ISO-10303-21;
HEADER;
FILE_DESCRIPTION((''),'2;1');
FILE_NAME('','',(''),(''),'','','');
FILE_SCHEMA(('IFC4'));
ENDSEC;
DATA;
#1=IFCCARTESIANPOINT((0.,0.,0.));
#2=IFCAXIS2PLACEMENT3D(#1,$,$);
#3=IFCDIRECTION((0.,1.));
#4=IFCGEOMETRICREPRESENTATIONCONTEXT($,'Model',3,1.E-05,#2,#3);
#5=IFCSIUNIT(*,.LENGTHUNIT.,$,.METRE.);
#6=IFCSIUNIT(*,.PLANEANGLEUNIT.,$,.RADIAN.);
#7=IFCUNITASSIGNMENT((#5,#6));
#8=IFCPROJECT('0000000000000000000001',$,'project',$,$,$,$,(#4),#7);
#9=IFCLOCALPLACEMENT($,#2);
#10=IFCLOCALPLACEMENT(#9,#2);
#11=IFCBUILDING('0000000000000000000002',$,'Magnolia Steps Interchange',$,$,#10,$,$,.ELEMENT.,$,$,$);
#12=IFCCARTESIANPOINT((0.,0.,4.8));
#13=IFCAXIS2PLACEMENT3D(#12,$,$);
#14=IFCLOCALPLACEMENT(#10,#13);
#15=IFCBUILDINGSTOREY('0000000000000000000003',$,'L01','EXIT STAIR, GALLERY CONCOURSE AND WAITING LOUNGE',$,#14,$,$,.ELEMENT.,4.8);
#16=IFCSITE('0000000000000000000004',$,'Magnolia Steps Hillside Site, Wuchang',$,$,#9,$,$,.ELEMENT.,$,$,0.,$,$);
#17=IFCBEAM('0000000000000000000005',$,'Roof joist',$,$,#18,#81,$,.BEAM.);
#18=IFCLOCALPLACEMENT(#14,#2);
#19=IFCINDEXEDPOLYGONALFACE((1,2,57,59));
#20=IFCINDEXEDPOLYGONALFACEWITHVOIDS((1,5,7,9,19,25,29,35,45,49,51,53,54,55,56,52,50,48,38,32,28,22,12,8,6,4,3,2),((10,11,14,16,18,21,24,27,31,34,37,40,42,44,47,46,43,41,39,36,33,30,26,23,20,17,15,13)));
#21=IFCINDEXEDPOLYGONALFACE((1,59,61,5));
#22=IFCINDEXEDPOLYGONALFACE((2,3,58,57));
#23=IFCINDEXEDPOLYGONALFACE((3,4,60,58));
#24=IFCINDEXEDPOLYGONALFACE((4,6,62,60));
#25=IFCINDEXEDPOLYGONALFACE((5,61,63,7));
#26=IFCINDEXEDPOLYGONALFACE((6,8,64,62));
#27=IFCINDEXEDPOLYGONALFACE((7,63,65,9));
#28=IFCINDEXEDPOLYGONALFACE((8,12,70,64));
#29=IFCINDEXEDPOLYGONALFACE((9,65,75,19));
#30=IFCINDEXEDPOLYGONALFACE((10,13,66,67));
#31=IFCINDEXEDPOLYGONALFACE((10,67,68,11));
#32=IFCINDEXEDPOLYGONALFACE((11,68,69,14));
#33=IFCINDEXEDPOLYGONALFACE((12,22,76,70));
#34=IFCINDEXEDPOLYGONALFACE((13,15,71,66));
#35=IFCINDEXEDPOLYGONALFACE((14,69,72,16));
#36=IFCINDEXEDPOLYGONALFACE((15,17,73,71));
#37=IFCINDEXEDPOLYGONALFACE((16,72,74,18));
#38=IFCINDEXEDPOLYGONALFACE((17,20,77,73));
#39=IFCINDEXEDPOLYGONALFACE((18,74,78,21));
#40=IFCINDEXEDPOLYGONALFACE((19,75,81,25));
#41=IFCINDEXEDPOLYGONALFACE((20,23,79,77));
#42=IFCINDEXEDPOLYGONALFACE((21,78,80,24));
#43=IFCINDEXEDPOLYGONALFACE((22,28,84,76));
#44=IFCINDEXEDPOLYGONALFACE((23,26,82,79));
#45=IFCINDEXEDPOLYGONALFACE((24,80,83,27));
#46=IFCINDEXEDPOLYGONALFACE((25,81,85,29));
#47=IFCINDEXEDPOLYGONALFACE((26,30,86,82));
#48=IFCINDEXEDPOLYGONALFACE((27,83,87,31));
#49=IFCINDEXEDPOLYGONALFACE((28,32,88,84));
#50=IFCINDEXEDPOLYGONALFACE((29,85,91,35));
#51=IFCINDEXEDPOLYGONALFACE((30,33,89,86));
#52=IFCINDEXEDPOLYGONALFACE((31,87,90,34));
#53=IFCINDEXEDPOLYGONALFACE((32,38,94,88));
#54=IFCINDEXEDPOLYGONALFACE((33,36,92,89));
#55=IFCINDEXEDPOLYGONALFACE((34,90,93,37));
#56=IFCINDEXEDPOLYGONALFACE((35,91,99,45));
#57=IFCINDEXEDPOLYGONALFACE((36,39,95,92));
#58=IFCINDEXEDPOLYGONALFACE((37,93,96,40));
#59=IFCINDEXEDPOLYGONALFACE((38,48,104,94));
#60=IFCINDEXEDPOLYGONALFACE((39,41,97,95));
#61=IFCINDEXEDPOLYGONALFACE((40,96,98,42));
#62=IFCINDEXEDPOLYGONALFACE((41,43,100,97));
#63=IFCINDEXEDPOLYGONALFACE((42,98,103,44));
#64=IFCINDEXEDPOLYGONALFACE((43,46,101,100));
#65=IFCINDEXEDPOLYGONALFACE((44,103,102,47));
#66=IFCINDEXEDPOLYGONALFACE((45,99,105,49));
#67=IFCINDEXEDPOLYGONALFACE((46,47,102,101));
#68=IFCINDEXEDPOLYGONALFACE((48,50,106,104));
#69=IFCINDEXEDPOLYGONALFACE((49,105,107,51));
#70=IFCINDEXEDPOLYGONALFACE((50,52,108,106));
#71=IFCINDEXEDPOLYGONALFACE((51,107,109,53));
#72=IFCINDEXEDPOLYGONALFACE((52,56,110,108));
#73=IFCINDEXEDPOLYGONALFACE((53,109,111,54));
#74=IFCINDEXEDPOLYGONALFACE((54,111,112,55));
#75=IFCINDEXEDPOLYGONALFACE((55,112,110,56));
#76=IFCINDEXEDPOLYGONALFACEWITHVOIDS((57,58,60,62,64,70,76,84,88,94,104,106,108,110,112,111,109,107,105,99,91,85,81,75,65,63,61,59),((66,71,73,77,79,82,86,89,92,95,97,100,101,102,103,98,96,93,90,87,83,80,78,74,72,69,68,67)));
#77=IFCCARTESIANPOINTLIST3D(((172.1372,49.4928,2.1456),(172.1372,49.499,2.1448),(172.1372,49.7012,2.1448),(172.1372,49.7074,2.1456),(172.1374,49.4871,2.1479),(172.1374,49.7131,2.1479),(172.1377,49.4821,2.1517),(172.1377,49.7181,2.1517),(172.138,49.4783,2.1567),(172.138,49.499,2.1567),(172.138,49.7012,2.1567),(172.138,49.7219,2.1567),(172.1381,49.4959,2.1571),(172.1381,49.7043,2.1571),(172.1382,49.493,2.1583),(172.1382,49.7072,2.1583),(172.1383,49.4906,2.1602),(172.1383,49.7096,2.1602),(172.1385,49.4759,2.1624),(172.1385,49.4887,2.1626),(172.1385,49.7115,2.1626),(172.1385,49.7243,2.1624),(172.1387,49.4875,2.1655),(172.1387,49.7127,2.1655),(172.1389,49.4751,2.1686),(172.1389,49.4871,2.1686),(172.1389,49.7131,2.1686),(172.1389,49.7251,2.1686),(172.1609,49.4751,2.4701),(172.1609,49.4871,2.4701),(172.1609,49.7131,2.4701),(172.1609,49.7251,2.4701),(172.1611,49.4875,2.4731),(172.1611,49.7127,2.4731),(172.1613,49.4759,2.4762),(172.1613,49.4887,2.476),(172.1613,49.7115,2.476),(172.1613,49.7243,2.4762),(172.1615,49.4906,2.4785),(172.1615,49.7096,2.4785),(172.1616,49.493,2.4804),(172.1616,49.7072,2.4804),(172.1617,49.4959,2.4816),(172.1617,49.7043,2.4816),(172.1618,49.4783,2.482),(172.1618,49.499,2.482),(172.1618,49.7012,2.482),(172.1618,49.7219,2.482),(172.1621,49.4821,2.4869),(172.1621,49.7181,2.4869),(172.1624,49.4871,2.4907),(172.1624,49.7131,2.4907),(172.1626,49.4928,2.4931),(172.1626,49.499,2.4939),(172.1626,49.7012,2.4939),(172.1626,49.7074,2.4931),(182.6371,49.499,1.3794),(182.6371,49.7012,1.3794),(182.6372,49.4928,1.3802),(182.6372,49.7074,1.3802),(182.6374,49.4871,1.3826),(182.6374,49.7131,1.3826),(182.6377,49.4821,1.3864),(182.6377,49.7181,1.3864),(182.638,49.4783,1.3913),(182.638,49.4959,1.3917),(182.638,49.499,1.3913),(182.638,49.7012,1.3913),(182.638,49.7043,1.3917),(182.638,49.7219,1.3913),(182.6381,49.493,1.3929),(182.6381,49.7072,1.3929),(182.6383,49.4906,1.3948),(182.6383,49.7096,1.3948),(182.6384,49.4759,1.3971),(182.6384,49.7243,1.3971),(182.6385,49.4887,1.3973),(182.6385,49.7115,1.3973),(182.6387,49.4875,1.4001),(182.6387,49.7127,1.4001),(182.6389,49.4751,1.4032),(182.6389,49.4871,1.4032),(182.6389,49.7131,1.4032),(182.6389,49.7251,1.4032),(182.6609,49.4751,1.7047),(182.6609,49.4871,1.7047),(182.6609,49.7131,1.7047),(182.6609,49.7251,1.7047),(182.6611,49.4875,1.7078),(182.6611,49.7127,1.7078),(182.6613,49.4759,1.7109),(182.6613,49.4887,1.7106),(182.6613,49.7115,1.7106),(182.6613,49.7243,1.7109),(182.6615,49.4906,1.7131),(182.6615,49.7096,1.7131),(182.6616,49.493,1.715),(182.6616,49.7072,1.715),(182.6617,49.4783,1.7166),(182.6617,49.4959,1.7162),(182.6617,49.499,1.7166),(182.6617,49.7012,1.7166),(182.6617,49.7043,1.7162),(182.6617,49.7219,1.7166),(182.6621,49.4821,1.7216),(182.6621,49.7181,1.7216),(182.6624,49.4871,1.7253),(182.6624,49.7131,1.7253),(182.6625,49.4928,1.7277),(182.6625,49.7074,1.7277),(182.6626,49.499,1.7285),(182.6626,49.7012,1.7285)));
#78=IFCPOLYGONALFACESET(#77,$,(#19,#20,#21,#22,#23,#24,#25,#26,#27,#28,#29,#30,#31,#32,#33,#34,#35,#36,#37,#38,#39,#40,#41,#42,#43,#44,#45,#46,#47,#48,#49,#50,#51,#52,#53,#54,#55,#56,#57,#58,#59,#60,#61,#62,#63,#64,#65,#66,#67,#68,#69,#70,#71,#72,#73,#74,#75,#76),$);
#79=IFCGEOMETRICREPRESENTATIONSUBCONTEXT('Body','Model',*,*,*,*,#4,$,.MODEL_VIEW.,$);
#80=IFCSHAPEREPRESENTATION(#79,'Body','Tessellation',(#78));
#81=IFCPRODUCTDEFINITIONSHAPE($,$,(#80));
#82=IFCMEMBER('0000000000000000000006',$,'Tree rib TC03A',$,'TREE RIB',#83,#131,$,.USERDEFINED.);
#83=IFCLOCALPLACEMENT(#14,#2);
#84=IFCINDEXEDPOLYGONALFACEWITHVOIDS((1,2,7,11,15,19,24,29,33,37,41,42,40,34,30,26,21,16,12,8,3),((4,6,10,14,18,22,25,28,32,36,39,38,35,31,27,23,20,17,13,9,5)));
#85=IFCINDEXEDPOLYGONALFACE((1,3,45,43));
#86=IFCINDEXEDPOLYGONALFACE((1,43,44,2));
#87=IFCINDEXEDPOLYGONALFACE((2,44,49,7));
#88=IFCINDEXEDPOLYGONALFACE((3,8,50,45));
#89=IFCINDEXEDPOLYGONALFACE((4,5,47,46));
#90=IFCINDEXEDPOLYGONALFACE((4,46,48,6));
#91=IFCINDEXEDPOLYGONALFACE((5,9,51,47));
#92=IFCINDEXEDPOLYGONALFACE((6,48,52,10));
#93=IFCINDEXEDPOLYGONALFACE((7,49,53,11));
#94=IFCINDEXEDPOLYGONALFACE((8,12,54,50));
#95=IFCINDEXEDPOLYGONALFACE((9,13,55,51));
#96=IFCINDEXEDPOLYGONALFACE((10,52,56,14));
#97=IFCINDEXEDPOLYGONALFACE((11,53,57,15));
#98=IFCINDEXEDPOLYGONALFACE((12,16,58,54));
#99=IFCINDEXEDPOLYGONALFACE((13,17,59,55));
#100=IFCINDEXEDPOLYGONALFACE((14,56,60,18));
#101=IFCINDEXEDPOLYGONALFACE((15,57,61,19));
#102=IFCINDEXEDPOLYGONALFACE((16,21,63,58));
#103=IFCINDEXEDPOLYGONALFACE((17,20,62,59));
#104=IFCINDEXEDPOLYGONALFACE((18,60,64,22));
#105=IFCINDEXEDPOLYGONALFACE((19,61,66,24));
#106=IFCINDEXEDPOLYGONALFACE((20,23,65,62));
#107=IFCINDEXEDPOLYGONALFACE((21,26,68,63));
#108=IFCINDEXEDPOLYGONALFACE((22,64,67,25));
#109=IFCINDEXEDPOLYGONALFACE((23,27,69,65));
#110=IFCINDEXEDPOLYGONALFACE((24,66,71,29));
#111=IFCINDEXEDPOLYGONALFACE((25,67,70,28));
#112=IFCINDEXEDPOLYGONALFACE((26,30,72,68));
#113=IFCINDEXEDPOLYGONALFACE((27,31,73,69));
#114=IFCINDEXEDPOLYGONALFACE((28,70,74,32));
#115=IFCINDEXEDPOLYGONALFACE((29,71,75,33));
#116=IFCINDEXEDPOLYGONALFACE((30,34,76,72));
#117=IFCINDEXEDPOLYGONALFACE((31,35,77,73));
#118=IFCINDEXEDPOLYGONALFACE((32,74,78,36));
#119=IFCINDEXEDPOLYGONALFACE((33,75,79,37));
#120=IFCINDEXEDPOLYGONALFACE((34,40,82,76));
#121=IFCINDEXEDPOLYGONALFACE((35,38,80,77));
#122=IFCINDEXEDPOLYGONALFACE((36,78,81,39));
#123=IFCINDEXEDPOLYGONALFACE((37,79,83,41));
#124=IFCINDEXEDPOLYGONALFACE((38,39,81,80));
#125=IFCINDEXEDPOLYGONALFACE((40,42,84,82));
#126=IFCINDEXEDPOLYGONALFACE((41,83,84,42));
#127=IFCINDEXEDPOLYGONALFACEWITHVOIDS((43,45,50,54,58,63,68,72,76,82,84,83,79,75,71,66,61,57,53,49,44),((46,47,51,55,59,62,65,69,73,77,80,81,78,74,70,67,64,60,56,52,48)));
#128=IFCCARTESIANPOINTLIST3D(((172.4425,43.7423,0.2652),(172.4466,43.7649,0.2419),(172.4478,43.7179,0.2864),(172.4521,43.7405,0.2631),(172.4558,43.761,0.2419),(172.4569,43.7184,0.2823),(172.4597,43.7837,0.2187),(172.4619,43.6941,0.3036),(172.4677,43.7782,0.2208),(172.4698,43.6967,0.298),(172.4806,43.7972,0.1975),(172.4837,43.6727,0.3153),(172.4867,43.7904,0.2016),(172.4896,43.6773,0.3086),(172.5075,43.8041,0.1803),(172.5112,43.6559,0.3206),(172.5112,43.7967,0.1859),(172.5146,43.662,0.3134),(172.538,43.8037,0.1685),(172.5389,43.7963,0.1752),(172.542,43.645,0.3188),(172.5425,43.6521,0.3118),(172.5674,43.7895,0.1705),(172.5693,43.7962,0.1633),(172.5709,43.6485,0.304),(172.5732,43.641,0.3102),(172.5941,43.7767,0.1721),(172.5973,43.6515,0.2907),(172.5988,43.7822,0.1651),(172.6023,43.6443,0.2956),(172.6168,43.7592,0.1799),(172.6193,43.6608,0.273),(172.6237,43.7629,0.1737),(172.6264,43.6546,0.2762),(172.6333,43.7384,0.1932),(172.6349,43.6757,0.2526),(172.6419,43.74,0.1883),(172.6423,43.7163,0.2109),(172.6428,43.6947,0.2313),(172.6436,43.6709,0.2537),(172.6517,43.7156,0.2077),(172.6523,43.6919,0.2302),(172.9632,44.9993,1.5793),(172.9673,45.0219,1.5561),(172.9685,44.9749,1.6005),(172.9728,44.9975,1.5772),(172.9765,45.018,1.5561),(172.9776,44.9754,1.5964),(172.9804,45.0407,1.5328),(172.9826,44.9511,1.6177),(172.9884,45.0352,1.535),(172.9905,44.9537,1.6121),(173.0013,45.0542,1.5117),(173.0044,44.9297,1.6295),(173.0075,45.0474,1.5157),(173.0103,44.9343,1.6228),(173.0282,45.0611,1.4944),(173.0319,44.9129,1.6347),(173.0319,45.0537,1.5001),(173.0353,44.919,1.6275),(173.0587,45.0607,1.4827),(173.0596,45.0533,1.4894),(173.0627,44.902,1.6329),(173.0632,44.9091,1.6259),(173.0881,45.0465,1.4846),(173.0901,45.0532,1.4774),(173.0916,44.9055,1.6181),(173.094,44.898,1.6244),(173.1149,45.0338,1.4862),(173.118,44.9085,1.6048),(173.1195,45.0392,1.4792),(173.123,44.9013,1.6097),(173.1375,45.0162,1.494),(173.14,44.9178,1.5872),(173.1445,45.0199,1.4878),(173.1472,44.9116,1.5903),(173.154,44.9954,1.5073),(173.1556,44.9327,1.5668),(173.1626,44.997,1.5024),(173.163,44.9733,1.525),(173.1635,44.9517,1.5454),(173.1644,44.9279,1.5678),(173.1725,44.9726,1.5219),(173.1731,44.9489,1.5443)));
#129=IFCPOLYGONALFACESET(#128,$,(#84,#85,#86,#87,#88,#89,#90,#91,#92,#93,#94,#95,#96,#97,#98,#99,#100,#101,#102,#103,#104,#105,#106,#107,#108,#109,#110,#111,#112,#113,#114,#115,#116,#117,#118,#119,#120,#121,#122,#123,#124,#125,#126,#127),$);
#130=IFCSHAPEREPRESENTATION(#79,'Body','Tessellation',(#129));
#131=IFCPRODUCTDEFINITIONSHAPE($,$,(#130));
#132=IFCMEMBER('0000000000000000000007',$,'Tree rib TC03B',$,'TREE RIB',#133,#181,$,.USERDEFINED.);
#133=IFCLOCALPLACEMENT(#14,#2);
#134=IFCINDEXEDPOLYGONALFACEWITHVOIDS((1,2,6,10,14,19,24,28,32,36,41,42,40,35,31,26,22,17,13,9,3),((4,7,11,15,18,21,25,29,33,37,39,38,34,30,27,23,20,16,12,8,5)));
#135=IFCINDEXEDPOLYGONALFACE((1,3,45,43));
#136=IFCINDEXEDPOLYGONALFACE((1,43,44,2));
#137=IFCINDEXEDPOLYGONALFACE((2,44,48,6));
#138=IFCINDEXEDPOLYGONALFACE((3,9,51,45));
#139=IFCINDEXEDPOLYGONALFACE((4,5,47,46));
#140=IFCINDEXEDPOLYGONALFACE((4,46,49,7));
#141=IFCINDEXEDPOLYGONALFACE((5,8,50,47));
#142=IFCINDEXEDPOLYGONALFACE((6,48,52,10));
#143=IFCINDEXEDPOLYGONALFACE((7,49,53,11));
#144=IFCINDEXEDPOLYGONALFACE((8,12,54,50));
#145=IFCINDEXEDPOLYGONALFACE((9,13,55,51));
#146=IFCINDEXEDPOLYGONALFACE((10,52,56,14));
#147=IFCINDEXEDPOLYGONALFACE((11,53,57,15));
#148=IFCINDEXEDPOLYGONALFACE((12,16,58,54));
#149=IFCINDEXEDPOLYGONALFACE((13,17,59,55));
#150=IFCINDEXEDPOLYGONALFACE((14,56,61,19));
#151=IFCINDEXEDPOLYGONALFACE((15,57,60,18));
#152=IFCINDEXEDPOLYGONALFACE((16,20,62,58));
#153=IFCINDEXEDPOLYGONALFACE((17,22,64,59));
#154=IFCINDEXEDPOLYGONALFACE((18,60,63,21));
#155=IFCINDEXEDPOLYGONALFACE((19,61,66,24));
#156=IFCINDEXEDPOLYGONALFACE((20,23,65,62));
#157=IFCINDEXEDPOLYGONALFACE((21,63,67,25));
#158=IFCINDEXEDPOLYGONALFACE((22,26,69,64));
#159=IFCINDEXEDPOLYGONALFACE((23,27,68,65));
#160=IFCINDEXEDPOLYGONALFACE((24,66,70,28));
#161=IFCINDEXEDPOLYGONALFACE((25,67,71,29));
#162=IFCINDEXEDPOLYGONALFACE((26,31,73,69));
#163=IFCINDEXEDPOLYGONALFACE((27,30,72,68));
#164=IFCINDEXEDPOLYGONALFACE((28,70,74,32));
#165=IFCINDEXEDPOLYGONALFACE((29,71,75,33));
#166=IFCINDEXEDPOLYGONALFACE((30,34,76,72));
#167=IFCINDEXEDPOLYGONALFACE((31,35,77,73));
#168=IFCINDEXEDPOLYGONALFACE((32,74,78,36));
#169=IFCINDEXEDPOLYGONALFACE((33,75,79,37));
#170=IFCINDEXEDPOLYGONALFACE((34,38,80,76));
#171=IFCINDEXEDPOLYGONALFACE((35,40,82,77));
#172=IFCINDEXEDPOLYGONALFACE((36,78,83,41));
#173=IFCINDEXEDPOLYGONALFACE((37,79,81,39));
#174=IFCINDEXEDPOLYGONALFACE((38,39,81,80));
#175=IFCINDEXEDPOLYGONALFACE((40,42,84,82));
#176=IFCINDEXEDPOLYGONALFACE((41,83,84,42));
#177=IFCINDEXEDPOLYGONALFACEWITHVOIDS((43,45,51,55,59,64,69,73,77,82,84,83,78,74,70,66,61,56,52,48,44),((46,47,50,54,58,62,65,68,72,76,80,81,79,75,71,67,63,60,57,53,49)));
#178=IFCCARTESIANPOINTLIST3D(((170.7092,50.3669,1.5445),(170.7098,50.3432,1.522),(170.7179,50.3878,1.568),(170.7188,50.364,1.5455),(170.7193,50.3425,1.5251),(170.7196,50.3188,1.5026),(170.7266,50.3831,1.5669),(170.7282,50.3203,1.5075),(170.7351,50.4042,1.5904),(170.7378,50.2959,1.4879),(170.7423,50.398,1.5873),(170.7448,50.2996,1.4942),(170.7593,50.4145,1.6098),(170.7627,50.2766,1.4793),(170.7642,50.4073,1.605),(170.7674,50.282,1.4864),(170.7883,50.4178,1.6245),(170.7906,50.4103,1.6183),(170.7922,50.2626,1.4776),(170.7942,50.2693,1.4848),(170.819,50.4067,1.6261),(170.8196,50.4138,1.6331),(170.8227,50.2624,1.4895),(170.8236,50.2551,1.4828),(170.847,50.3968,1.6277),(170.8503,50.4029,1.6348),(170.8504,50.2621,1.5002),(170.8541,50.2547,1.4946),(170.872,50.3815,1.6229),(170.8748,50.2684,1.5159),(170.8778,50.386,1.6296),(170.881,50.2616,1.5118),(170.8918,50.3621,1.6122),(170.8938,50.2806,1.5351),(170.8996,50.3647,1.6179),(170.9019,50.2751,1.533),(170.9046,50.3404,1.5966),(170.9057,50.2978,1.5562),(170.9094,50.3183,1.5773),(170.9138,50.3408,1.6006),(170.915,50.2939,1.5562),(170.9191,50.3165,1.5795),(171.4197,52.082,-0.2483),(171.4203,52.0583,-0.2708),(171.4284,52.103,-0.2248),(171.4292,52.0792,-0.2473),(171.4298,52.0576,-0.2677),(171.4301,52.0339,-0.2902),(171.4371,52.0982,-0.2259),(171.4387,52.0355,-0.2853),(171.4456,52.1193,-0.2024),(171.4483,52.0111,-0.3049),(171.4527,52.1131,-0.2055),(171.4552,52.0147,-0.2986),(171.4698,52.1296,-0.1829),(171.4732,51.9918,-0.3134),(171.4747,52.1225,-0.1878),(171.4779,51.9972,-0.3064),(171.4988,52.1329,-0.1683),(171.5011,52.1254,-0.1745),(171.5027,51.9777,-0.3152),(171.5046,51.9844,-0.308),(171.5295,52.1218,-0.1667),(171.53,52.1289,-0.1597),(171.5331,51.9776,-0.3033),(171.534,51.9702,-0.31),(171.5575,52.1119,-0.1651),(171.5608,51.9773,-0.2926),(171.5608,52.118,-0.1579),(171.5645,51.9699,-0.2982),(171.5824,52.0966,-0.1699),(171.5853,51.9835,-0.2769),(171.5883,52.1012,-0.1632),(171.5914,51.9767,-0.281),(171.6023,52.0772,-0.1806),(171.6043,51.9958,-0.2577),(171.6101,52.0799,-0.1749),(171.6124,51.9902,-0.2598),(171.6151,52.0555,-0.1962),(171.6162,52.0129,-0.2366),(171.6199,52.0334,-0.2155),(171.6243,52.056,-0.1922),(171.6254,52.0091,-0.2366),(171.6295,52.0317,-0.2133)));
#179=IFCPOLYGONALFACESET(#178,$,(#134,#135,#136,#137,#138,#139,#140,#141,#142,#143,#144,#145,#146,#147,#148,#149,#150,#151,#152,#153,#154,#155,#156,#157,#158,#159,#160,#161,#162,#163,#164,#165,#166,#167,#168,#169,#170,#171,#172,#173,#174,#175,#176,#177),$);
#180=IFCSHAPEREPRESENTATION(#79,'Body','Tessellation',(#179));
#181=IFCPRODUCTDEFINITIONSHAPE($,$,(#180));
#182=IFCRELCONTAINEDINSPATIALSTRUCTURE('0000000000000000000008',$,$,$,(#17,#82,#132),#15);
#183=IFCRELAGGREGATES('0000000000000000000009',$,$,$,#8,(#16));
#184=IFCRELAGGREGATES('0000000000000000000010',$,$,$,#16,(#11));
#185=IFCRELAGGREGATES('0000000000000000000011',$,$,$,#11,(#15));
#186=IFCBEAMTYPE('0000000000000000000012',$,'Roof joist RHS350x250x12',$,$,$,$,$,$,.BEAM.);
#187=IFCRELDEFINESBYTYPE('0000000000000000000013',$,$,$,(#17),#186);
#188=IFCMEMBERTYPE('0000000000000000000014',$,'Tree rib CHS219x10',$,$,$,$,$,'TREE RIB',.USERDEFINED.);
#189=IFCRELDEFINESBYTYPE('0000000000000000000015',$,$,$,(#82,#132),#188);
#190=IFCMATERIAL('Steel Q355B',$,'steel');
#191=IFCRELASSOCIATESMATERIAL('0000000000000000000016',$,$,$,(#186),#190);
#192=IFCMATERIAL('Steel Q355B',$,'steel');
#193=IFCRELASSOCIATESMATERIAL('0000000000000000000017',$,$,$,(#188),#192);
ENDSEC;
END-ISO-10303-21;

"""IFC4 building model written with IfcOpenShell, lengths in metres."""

from ifc_helpers import new_model, si_unit, direction, frame, origin, origin_2d, place, context, subcontext, project, spatial, hollow_rectangle, hollow_circle, extrude, material, material_profile, profile_set, type_object, element, save


model = new_model("IFC4")

# Units and contexts
model_context = context("Model", 3, precision=1e-05, world=origin(), true_north=direction((0.0, 1.0)))
body_context = subcontext(model_context, "Body", "Model", "MODEL_VIEW")
ifc_project = project(units=[si_unit("LENGTHUNIT", "METRE"), si_unit("PLANEANGLEUNIT", "RADIAN")], contexts=[model_context])

# Site, building, storey
site_placement = place(None, origin())
site = spatial("IfcSite", under=ifc_project, at=site_placement, Name="Magnolia Steps Hillside Site, Wuchang", CompositionType="ELEMENT", RefElevation=0.0)
building_placement = place(site_placement, origin())
building = spatial("IfcBuilding", under=site, at=building_placement, Name="Magnolia Steps Interchange", CompositionType="ELEMENT")
storey_placement = place(building_placement, frame((0.0, 0.0, 4.8)))
storey = spatial("IfcBuildingStorey", under=building, at=storey_placement, Name="L01", Description="EXIT STAIR, GALLERY CONCOURSE AND WAITING LOUNGE", CompositionType="ELEMENT", Elevation=4.8)

# Beam
ifc_material_1 = material(Name="Steel Q355B", Category="steel")
ifc_material_profile_1 = material_profile(ifc_material_1, hollow_rectangle(XDim=0.25, YDim=0.3501, WallThickness=0.012, InnerFilletRadius=0.012, OuterFilletRadius=0.0239, at=origin_2d()), Name="RHS350x250x12")
ifc_profile_set_1 = profile_set([ifc_material_profile_1], Name="Steel Q355B")
beam_type_1 = type_object("IfcBeamType", Name="Roof joist RHS350x250x12", PredefinedType="BEAM", material=ifc_profile_set_1)
for number, where, z_axis, x_axis, name in (
    (1, (172.1499, 49.6001, 2.3193), (0.997354, 0.0, -0.072701), (0.0, 1.0, 0.0), "Roof joist"),
):
    element("IfcBeam", number, at=place(storey_placement, frame(where, z_axis=z_axis, x_axis=x_axis)), inside=storey, type_object=beam_type_1, Name=name, PredefinedType="BEAM", context=body_context, shape_type="SweptSolid", body=[
        extrude(hollow_rectangle(XDim=0.25, YDim=0.3501, WallThickness=0.012, InnerFilletRadius=0.012, OuterFilletRadius=0.0239, at=origin_2d()), origin(), (0.0, 0.0, 1.0), 10.5278),
    ])

# Members
ifc_material_2 = material(Name="Steel Q355B", Category="steel")
ifc_material_profile_2 = material_profile(ifc_material_2, hollow_circle(Radius=0.1096, WallThickness=0.01, at=origin_2d()), Name="CHS219x10")
ifc_profile_set_2 = profile_set([ifc_material_profile_2], Name="Steel Q355B")
member_type = type_object("IfcMemberType", Name="Tree rib CHS219x10", ElementType="TREE RIB", PredefinedType="USERDEFINED", material=ifc_profile_set_2)
member_placement = place(storey_placement, frame((172.5479, 43.7229, 0.2419), z_axis=(0.275281, 0.664519, 0.694719), x_axis=(-0.923866, 0.382716, 0.0)))
element("IfcMember", 2, at=member_placement, inside=storey, type_object=member_type, Name="Tree rib TC03A", ObjectType="TREE RIB", PredefinedType="USERDEFINED", context=body_context, shape_type="SweptSolid", body=[
    extrude(hollow_circle(Radius=0.1096, WallThickness=0.01, at=origin_2d()), origin(), (0.0, 0.0, 1.0), 1.8916),
])
for number, where, z_axis, x_axis, name in (
    (3, (171.5242, 52.051, -0.2366), (-0.275291, -0.664577, 0.69466), (0.923873, -0.3827, 0.0), "Tree rib TC03B"),
):
    element("IfcMember", number, at=place(storey_placement, frame(where, z_axis=z_axis, x_axis=x_axis)), inside=storey, type_object=member_type, Name=name, ObjectType="TREE RIB", PredefinedType="USERDEFINED", context=body_context, shape_type="SweptSolid", body=[
        extrude(hollow_circle(Radius=0.1096, WallThickness=0.01, at=origin_2d()), origin(), (0.0, 0.0, 1.0), 2.5808),
    ])

save(model, "model.ifc")
